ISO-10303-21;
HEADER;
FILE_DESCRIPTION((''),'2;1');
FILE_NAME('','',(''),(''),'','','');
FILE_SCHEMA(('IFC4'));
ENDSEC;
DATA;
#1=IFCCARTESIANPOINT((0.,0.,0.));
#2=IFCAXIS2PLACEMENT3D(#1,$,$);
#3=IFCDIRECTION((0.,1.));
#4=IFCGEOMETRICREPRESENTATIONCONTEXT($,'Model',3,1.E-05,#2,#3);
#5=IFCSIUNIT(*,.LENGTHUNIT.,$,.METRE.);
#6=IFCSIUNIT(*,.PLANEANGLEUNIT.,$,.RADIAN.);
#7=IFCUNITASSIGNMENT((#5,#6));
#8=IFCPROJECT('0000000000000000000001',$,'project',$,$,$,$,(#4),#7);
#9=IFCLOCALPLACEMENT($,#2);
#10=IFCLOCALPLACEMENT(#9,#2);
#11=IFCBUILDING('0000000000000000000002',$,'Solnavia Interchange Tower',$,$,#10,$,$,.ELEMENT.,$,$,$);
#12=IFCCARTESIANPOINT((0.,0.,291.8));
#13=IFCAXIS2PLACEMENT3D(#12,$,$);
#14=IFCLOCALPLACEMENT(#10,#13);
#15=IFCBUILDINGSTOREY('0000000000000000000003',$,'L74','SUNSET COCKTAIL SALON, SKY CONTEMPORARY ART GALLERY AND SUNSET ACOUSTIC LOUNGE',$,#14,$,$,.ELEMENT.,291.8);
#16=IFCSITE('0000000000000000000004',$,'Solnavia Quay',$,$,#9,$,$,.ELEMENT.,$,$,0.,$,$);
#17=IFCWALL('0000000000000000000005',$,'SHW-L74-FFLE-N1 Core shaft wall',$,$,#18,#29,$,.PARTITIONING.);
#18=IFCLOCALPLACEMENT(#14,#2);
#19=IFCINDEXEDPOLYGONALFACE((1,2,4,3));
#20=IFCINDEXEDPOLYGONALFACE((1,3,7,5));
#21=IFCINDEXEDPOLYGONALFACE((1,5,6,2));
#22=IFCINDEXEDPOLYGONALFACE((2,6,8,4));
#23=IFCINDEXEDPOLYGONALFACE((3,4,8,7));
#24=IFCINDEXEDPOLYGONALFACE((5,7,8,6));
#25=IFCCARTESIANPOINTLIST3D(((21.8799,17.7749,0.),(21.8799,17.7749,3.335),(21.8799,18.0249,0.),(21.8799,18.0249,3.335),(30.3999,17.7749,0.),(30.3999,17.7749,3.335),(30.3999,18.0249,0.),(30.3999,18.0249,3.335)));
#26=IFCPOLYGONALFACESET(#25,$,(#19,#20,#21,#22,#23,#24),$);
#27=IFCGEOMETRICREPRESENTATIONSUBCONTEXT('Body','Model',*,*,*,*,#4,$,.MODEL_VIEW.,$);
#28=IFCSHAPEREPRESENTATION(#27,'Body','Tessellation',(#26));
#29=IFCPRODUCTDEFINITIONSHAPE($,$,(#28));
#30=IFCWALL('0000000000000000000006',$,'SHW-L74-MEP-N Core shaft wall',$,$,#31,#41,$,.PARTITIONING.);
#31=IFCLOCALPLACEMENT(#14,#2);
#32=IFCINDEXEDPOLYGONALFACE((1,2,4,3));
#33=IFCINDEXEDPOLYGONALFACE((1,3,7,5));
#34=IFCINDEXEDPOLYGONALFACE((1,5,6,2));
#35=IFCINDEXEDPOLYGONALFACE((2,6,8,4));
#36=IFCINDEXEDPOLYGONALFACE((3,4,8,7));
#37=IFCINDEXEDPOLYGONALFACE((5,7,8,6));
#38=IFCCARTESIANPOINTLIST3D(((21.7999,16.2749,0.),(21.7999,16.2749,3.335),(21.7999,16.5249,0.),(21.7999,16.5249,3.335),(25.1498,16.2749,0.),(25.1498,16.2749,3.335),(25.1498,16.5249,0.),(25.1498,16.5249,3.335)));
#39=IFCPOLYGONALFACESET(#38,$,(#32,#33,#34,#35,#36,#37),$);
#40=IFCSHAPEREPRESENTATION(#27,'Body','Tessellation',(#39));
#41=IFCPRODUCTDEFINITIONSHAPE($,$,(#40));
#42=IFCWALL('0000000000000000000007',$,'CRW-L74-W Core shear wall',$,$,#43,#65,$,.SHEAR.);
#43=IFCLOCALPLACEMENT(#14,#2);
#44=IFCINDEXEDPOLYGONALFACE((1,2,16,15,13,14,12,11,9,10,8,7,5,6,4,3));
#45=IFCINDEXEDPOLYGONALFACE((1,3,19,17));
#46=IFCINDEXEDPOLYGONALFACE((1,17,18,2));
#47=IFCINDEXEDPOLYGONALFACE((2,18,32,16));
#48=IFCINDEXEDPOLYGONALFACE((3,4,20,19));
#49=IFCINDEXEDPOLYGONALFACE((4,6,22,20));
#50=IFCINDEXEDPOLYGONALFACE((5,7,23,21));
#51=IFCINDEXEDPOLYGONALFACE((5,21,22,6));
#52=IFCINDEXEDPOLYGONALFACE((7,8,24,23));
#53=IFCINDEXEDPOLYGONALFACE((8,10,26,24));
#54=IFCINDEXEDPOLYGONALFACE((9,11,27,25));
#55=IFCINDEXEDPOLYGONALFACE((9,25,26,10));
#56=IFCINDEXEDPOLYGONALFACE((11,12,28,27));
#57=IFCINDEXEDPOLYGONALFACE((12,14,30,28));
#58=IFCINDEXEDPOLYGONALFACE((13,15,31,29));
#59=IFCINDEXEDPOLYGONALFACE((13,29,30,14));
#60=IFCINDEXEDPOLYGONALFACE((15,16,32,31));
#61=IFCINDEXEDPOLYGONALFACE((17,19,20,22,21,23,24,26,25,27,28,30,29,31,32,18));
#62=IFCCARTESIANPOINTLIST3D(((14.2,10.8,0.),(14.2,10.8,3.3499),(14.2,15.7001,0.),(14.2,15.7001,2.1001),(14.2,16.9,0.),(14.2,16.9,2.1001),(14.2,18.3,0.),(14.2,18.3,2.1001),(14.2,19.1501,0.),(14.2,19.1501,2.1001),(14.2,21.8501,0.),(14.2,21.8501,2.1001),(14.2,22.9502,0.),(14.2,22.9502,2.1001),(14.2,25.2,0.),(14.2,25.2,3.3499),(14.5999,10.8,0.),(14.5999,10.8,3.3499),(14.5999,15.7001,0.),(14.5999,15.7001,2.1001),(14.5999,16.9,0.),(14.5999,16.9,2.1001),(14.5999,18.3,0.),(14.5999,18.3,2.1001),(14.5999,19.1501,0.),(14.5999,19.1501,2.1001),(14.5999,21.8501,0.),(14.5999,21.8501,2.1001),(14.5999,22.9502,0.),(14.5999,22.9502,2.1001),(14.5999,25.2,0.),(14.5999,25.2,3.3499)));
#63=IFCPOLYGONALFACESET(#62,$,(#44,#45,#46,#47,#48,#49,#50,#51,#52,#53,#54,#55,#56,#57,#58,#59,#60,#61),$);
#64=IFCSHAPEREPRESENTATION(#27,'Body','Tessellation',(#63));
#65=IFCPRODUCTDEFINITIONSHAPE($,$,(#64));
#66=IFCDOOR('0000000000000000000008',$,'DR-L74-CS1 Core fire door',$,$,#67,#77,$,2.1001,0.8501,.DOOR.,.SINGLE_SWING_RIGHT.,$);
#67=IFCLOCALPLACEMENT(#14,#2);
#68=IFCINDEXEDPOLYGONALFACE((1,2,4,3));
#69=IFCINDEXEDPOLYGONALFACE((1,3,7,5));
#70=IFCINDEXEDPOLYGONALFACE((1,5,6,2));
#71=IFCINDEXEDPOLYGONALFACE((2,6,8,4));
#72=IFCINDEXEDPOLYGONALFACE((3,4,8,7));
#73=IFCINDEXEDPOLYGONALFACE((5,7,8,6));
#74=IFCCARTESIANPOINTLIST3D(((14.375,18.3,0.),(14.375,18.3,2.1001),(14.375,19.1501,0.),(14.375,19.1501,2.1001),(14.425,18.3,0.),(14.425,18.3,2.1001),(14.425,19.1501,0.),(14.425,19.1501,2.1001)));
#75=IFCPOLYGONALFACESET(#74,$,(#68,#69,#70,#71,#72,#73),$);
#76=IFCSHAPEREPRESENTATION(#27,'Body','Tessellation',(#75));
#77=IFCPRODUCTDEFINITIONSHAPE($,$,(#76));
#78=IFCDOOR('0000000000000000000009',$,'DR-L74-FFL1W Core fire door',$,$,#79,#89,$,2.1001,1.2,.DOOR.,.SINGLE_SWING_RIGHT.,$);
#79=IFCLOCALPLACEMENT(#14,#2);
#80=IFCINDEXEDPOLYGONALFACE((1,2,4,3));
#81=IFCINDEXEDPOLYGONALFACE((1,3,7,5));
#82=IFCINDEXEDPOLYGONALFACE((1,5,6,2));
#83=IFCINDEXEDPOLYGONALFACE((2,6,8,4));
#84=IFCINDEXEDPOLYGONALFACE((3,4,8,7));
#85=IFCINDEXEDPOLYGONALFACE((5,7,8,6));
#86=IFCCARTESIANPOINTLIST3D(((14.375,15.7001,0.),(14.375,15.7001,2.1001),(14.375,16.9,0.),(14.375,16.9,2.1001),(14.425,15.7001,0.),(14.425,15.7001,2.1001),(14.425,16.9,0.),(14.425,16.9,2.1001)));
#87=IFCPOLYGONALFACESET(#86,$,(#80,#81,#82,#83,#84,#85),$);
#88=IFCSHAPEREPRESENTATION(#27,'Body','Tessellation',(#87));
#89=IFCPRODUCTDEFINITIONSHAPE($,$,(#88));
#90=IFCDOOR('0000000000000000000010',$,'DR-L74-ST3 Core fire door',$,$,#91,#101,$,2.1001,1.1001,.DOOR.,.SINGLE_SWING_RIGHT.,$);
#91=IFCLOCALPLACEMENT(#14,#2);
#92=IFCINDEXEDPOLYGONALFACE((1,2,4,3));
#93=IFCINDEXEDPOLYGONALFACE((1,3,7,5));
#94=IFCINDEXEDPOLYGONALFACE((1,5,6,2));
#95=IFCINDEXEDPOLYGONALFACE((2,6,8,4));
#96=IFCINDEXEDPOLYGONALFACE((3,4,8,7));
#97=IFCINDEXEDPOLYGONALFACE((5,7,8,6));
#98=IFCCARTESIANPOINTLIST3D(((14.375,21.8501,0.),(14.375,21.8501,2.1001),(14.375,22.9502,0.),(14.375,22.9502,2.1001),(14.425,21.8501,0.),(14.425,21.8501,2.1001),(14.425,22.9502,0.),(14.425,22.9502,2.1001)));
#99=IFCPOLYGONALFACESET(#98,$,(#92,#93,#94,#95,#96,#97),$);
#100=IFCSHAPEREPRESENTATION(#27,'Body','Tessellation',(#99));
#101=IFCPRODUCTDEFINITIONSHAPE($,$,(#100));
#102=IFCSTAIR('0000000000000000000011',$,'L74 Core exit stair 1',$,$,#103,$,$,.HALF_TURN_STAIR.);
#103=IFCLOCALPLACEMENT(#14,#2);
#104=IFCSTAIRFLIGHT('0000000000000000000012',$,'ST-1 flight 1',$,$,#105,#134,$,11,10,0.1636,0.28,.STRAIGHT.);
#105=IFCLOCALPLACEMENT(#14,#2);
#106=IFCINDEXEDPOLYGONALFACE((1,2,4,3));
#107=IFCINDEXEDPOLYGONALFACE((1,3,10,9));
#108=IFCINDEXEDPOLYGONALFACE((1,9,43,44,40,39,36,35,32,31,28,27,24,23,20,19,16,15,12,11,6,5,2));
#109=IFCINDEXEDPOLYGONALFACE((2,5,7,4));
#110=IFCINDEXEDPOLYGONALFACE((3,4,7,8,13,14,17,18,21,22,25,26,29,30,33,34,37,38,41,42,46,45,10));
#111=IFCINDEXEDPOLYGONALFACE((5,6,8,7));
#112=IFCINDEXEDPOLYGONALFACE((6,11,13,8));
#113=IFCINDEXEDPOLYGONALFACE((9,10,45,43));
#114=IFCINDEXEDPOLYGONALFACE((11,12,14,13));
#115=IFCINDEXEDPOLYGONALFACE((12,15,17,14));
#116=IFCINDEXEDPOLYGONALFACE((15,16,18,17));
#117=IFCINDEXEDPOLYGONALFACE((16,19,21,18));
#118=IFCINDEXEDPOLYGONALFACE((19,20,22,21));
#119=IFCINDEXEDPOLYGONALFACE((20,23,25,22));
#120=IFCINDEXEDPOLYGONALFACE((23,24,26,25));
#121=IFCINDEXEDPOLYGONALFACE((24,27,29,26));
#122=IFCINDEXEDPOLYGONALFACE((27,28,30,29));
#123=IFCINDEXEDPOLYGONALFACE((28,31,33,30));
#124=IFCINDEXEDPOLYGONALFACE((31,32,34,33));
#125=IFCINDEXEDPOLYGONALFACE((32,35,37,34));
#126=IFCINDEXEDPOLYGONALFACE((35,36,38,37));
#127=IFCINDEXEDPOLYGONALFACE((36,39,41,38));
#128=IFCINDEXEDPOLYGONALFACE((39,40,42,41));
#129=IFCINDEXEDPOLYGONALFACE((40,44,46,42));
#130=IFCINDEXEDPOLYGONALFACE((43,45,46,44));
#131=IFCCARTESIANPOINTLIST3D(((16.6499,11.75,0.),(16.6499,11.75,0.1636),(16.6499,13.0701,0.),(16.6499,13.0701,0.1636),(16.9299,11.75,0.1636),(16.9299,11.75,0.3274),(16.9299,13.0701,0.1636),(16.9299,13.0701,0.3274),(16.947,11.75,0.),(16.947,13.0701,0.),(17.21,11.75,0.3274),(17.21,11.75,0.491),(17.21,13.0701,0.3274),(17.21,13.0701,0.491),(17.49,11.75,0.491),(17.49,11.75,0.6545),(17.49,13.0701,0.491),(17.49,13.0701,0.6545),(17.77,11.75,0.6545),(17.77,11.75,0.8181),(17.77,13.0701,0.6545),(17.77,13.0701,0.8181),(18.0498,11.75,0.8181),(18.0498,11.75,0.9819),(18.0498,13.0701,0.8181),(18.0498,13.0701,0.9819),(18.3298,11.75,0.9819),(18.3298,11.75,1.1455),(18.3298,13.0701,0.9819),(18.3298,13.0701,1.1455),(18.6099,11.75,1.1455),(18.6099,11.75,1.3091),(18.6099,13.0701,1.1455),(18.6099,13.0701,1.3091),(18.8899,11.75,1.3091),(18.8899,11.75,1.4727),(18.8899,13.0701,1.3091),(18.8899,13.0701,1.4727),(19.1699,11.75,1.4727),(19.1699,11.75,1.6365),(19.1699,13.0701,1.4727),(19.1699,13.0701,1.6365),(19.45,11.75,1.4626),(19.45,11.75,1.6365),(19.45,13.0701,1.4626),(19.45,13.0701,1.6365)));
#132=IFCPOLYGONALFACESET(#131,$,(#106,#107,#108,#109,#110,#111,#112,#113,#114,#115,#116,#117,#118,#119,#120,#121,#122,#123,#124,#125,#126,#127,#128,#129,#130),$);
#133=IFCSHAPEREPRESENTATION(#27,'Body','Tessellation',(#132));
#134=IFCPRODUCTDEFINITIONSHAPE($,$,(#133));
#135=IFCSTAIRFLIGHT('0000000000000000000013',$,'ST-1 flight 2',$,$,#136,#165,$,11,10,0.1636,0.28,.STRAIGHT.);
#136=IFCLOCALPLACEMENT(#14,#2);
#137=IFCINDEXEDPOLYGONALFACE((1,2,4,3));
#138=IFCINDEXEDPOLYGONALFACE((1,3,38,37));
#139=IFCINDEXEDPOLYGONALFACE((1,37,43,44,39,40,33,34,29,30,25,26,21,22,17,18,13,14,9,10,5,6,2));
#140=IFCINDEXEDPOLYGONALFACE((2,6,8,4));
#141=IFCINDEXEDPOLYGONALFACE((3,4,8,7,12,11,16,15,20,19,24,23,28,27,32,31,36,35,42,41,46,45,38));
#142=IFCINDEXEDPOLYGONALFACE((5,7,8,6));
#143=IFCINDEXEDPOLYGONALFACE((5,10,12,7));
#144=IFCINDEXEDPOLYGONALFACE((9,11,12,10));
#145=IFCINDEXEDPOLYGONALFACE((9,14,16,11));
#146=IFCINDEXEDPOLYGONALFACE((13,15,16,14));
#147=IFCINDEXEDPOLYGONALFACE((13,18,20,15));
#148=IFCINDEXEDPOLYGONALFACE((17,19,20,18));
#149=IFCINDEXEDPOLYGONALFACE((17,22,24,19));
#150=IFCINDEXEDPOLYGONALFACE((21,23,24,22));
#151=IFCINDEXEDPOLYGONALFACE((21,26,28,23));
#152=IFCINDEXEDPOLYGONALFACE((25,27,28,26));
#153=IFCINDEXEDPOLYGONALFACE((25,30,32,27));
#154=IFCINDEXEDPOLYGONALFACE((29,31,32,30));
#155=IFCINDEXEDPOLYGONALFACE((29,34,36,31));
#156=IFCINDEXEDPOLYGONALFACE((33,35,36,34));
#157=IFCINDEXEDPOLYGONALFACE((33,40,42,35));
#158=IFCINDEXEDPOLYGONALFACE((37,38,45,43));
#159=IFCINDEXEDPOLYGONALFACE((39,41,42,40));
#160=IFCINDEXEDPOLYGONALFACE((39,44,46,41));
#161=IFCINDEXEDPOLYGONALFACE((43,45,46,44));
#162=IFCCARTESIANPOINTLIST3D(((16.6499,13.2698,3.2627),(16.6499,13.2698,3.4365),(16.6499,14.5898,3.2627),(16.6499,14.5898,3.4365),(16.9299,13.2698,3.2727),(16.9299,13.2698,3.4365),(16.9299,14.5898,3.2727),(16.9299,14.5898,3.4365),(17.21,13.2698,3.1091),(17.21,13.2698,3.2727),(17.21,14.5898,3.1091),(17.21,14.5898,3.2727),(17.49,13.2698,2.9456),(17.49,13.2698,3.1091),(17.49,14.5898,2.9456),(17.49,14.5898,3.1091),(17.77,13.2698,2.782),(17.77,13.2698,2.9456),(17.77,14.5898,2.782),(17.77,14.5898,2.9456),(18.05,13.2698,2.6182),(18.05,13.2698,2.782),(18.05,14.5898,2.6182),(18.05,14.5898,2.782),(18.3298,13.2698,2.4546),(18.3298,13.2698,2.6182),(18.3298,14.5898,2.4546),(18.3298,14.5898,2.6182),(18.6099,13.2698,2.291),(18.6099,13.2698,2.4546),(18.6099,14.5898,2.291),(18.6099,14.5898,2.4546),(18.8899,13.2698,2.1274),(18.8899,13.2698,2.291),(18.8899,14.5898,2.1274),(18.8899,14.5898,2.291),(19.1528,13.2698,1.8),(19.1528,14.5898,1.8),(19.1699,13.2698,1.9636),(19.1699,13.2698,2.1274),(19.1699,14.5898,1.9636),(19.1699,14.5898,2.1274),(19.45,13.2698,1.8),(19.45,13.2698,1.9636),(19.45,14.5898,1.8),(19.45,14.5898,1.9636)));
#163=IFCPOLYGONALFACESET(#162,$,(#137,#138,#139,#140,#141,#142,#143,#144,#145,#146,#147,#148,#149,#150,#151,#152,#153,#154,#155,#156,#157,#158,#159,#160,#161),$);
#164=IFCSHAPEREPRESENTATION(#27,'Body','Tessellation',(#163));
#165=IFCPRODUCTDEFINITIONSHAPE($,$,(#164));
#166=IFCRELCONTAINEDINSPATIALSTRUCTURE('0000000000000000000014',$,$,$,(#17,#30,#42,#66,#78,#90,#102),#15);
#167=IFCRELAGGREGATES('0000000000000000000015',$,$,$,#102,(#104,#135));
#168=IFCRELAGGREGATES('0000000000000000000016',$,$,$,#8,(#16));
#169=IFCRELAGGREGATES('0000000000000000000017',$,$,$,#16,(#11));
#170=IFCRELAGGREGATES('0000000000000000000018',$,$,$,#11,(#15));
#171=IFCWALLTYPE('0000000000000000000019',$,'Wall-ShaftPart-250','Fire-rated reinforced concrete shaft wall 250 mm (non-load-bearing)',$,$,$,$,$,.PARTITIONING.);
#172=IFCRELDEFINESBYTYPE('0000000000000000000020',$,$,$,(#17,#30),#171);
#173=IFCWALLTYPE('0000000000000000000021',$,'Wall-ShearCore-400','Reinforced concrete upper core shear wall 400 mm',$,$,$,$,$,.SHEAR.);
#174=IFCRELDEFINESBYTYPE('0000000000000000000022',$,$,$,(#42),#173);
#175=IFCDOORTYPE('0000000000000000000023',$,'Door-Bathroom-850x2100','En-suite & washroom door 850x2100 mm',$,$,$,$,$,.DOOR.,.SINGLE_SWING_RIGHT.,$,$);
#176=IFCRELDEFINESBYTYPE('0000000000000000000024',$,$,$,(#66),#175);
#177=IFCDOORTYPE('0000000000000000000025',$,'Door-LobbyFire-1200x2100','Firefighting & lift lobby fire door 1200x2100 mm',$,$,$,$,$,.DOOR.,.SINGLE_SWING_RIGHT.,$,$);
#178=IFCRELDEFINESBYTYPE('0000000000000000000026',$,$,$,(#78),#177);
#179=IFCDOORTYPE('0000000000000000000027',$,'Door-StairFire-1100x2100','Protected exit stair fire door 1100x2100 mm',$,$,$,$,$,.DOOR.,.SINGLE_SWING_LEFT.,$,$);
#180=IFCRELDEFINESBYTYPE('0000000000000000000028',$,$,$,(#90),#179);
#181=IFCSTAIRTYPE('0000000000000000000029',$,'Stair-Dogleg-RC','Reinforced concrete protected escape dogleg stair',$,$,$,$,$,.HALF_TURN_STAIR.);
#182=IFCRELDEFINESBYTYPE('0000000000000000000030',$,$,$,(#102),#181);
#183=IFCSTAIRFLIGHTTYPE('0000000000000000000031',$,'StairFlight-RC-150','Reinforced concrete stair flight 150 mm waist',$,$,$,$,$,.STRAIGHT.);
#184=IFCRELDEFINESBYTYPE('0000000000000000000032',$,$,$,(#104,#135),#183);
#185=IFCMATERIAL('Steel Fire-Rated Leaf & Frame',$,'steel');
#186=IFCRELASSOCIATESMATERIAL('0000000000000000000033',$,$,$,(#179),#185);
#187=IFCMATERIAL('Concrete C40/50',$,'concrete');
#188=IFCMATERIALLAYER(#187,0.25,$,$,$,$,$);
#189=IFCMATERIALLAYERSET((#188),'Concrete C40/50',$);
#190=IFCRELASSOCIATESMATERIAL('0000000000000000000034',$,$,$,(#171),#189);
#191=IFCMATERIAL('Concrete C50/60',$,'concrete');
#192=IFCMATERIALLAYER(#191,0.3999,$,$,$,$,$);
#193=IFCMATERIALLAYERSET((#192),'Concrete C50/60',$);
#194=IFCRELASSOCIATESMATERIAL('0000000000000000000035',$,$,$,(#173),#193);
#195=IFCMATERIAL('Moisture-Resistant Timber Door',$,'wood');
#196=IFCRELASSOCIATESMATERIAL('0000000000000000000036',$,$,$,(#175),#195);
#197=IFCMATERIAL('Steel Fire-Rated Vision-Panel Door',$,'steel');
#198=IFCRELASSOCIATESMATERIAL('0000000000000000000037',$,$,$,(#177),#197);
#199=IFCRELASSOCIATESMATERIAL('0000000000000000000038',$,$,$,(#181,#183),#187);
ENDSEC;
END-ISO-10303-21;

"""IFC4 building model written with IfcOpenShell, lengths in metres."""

from ifc_helpers import new_model, si_unit, direction, frame, frame_2d, origin, place, context, subcontext, project, spatial, polyline, rectangle, outline, extrude, material, layer, layer_set, type_object, element, fill, aggregate, save


model = new_model("IFC4")

# Units and contexts
model_context = context("Model", 3, precision=1e-05, world=origin(), true_north=direction((0.0, 1.0)))
body_context = subcontext(model_context, "Body", "Model", "MODEL_VIEW")
ifc_project = project(units=[si_unit("LENGTHUNIT", "METRE"), si_unit("PLANEANGLEUNIT", "RADIAN")], contexts=[model_context])

# Site, building, storey
site_placement = place(None, origin())
site = spatial("IfcSite", under=ifc_project, at=site_placement, Name="Solnavia Quay", CompositionType="ELEMENT", RefElevation=0.0)
building_placement = place(site_placement, origin())
building = spatial("IfcBuilding", under=site, at=building_placement, Name="Solnavia Interchange Tower", CompositionType="ELEMENT")
storey_placement = place(building_placement, frame((0.0, 0.0, 291.8)))
storey = spatial("IfcBuildingStorey", under=building, at=storey_placement, Name="L74", Description="SUNSET COCKTAIL SALON, SKY CONTEMPORARY ART GALLERY AND SUNSET ACOUSTIC LOUNGE", CompositionType="ELEMENT", Elevation=291.8)

# Shared definitions
ifc_material_1 = material(Name="Concrete C50/60", Category="concrete")

# Shared definitions
ifc_material_2 = material(Name="Concrete C40/50", Category="concrete")

# Shared definitions
ifc_material_3 = material(Name="Steel Fire-Rated Leaf & Frame", Category="steel")
door_type_1 = type_object("IfcDoorType", Name="Door-StairFire-1100x2100", Description="Protected exit stair fire door 1100x2100 mm", OperationType="SINGLE_SWING_LEFT", PredefinedType="DOOR", material=ifc_material_3)

# Shared definitions
ifc_layer_1 = layer(ifc_material_2, 0.25)
ifc_layer_set_1 = layer_set([ifc_layer_1], Name="Concrete C40/50")
wall_type_1 = type_object("IfcWallType", Name="Wall-ShaftPart-250", Description="Fire-rated reinforced concrete shaft wall 250 mm (non-load-bearing)", PredefinedType="PARTITIONING", material=ifc_layer_set_1)

# Walls
wall_1_placement = place(storey_placement, frame((21.8799, 17.8999, 0.0), z_axis=(0.0, 0.0, 1.0), x_axis=(1.0, 0.0, 0.0)))
element("IfcWall", 1, at=wall_1_placement, inside=storey, type_object=wall_type_1, Name="SHW-L74-FFLE-N1 Core shaft wall", PredefinedType="PARTITIONING", context=body_context, shape_type="SweptSolid", body=[
    extrude(rectangle(XDim=8.52, YDim=0.25, at=frame_2d((4.26, 0.0))), origin(), (0.0, 0.0, 1.0), 3.335),
])
wall_2_placement = place(storey_placement, frame((21.8, 16.3999, 0.0), z_axis=(0.0, 0.0, 1.0), x_axis=(1.0, 0.0, 0.0)))
element("IfcWall", 2, at=wall_2_placement, inside=storey, type_object=wall_type_1, Name="SHW-L74-MEP-N Core shaft wall", PredefinedType="PARTITIONING", context=body_context, shape_type="SweptSolid", body=[
    extrude(rectangle(XDim=3.3499, YDim=0.25, at=frame_2d((1.6748, 0.0))), origin(), (0.0, 0.0, 1.0), 3.335),
])

# Wall, openings, doors
ifc_layer_2 = layer(ifc_material_1, 0.3999)
ifc_layer_set_2 = layer_set([ifc_layer_2], Name="Concrete C50/60")
wall_type_2 = type_object("IfcWallType", Name="Wall-ShearCore-400", Description="Reinforced concrete upper core shear wall 400 mm", PredefinedType="SHEAR", material=ifc_layer_set_2)
wall_3_placement = place(storey_placement, frame((14.3999, 10.8, 0.0), z_axis=(0.0, 0.0, 1.0), x_axis=(0.0, 1.0, 0.0)))
wall_3 = element("IfcWall", 3, at=wall_3_placement, inside=storey, type_object=wall_type_2, Name="CRW-L74-W Core shear wall", PredefinedType="SHEAR", context=body_context, shape_type="SweptSolid", body=[
    extrude(rectangle(XDim=14.3999, YDim=0.3999, at=frame_2d((7.2, 0.0))), origin(), (0.0, 0.0, 1.0), 3.3499),
])
opening_1_placement = place(wall_3_placement, frame((11.05, 0.0, 0.0)))
opening_1 = element("IfcOpeningElement", 4, at=opening_1_placement, cuts=wall_3, PredefinedType="OPENING", context=body_context, shape_type="SweptSolid", body=[
    extrude(rectangle(XDim=1.1001, YDim=2.1001, at=frame_2d((0.55, 1.05))), frame((0.0, 0.21, 0.0), z_axis=(0.0, -1.0, 0.0), x_axis=(1.0, 0.0, 0.0)), (0.0, 0.0, 1.0), 0.4199),
])
opening_2_placement = place(wall_3_placement, frame((4.8999, 0.0, 0.0)))
opening_2 = element("IfcOpeningElement", 5, at=opening_2_placement, cuts=wall_3, PredefinedType="OPENING", context=body_context, shape_type="SweptSolid", body=[
    extrude(rectangle(XDim=1.2, YDim=2.1001, at=frame_2d((0.6001, 1.05))), frame((0.0, 0.21, 0.0), z_axis=(0.0, -1.0, 0.0), x_axis=(1.0, 0.0, 0.0)), (0.0, 0.0, 1.0), 0.4199),
])
opening_3_placement = place(wall_3_placement, frame((7.5, 0.0, 0.0)))
opening_3 = element("IfcOpeningElement", 6, at=opening_3_placement, cuts=wall_3, PredefinedType="OPENING", context=body_context, shape_type="SweptSolid", body=[
    extrude(rectangle(XDim=0.8501, YDim=2.1001, at=frame_2d((0.425, 1.05))), frame((0.0, 0.21, 0.0), z_axis=(0.0, -1.0, 0.0), x_axis=(1.0, 0.0, 0.0)), (0.0, 0.0, 1.0), 0.4199),
])
ifc_material_4 = material(Name="Moisture-Resistant Timber Door", Category="wood")
door_type_2 = type_object("IfcDoorType", Name="Door-Bathroom-850x2100", Description="En-suite & washroom door 850x2100 mm", OperationType="SINGLE_SWING_RIGHT", PredefinedType="DOOR", material=ifc_material_4)
door_1_placement = place(opening_3_placement, origin())
door_1 = element("IfcDoor", 7, at=door_1_placement, inside=storey, type_object=door_type_2, Name="DR-L74-CS1 Core fire door", OperationType="SINGLE_SWING_RIGHT", OverallHeight=2.1001, OverallWidth=0.8501, PredefinedType="DOOR", context=body_context, shape_type="SweptSolid", body=[
    extrude(rectangle(XDim=0.8501, YDim=2.1001, at=frame_2d((0.425, 1.05))), frame((0.0, 0.0249, 0.0), z_axis=(0.0, -1.0, 0.0), x_axis=(1.0, 0.0, 0.0)), (0.0, 0.0, 1.0), 0.05),
])
fill(opening_3, door_1)
ifc_material_5 = material(Name="Steel Fire-Rated Vision-Panel Door", Category="steel")
door_type_3 = type_object("IfcDoorType", Name="Door-LobbyFire-1200x2100", Description="Firefighting & lift lobby fire door 1200x2100 mm", OperationType="SINGLE_SWING_RIGHT", PredefinedType="DOOR", material=ifc_material_5)
door_2_placement = place(opening_2_placement, origin())
door_2 = element("IfcDoor", 8, at=door_2_placement, inside=storey, type_object=door_type_3, Name="DR-L74-FFL1W Core fire door", OperationType="SINGLE_SWING_RIGHT", OverallHeight=2.1001, OverallWidth=1.2, PredefinedType="DOOR", context=body_context, shape_type="SweptSolid", body=[
    extrude(rectangle(XDim=1.2, YDim=2.1001, at=frame_2d((0.6001, 1.05))), frame((0.0, 0.0249, 0.0), z_axis=(0.0, -1.0, 0.0), x_axis=(1.0, 0.0, 0.0)), (0.0, 0.0, 1.0), 0.05),
])
fill(opening_2, door_2)
door_3_placement = place(opening_1_placement, origin())
door_3 = element("IfcDoor", 9, at=door_3_placement, inside=storey, type_object=door_type_1, Name="DR-L74-ST3 Core fire door", OperationType="SINGLE_SWING_RIGHT", OverallHeight=2.1001, OverallWidth=1.1001, PredefinedType="DOOR", context=body_context, shape_type="SweptSolid", body=[
    extrude(rectangle(XDim=1.1001, YDim=2.1001, at=frame_2d((0.55, 1.05))), frame((0.0, 0.0249, 0.0), z_axis=(0.0, -1.0, 0.0), x_axis=(1.0, 0.0, 0.0)), (0.0, 0.0, 1.0), 0.05),
])
fill(opening_1, door_3)

# Stair, stair flights
stair_type = type_object("IfcStairType", Name="Stair-Dogleg-RC", Description="Reinforced concrete protected escape dogleg stair", PredefinedType="HALF_TURN_STAIR", material=ifc_material_2)
stair_placement = place(storey_placement, origin())
stair = element("IfcStair", 10, at=stair_placement, inside=storey, type_object=stair_type, Name="L74 Core exit stair 1", PredefinedType="HALF_TURN_STAIR")
stair_flight_type = type_object("IfcStairFlightType", Name="StairFlight-RC-150", Description="Reinforced concrete stair flight 150 mm waist", PredefinedType="STRAIGHT", material=ifc_material_2)
stair_flight_1_placement = place(storey_placement, frame((16.6499, 12.4099, 0.0), z_axis=(0.0, 0.0, 1.0), x_axis=(1.0, 0.0, 0.0)))
stair_flight_1 = element("IfcStairFlight", 11, at=stair_flight_1_placement, type_object=stair_flight_type, Name="ST-1 flight 1", NumberOfRisers=11, NumberOfTreads=10, PredefinedType="STRAIGHT", RiserHeight=0.1636, TreadLength=0.28, context=body_context, shape_type="SweptSolid", body=[
    extrude(outline(polyline([(0.0, 0.0), (0.0, 0.1636), (0.28, 0.1636), (0.28, 0.3274), (0.5601, 0.3274), (0.5601, 0.491), (0.8401, 0.491), (0.8401, 0.6545), (1.1201, 0.6545), (1.1201, 0.8181), (1.3999, 0.8181), (1.3999, 0.9819), (1.6799, 0.9819), (1.6799, 1.1455), (1.96, 1.1455), (1.96, 1.3091), (2.24, 1.3091), (2.24, 1.4727), (2.52, 1.4727), (2.52, 1.6365), (2.8, 1.6365), (2.8, 1.8), (2.8, 1.4626), (0.2971, 0.0), (0.0, 0.0)])), frame((0.0, 0.6602, 0.0), z_axis=(0.0, -1.0, 0.0), x_axis=(1.0, 0.0, 0.0)), (0.0, 0.0, 1.0), 1.3201),
])
stair_flight_2_placement = place(storey_placement, frame((19.45, 13.9299, 1.8), z_axis=(0.0, 0.0, 1.0), x_axis=(-1.0, 0.0, 0.0)))
stair_flight_2 = element("IfcStairFlight", 12, at=stair_flight_2_placement, type_object=stair_flight_type, Name="ST-1 flight 2", NumberOfRisers=11, NumberOfTreads=10, PredefinedType="STRAIGHT", RiserHeight=0.1636, TreadLength=0.28, context=body_context, shape_type="SweptSolid", body=[
    extrude(outline(polyline([(0.0, 0.0), (0.0, 0.1636), (0.28, 0.1636), (0.28, 0.3274), (0.5601, 0.3274), (0.5601, 0.491), (0.8401, 0.491), (0.8401, 0.6545), (1.1201, 0.6545), (1.1201, 0.8181), (1.3999, 0.8181), (1.3999, 0.9819), (1.6799, 0.9819), (1.6799, 1.1455), (1.96, 1.1455), (1.96, 1.3091), (2.24, 1.3091), (2.24, 1.4727), (2.52, 1.4727), (2.52, 1.6365), (2.8, 1.6365), (2.8, 1.8), (2.8, 1.4626), (0.2971, 0.0), (0.0, 0.0)])), frame((0.0, 0.6602, 0.0), z_axis=(0.0, -1.0, 0.0), x_axis=(1.0, 0.0, 0.0)), (0.0, 0.0, 1.0), 1.3201),
])
aggregate(stair, [stair_flight_1, stair_flight_2])

save(model, "model.ifc")
